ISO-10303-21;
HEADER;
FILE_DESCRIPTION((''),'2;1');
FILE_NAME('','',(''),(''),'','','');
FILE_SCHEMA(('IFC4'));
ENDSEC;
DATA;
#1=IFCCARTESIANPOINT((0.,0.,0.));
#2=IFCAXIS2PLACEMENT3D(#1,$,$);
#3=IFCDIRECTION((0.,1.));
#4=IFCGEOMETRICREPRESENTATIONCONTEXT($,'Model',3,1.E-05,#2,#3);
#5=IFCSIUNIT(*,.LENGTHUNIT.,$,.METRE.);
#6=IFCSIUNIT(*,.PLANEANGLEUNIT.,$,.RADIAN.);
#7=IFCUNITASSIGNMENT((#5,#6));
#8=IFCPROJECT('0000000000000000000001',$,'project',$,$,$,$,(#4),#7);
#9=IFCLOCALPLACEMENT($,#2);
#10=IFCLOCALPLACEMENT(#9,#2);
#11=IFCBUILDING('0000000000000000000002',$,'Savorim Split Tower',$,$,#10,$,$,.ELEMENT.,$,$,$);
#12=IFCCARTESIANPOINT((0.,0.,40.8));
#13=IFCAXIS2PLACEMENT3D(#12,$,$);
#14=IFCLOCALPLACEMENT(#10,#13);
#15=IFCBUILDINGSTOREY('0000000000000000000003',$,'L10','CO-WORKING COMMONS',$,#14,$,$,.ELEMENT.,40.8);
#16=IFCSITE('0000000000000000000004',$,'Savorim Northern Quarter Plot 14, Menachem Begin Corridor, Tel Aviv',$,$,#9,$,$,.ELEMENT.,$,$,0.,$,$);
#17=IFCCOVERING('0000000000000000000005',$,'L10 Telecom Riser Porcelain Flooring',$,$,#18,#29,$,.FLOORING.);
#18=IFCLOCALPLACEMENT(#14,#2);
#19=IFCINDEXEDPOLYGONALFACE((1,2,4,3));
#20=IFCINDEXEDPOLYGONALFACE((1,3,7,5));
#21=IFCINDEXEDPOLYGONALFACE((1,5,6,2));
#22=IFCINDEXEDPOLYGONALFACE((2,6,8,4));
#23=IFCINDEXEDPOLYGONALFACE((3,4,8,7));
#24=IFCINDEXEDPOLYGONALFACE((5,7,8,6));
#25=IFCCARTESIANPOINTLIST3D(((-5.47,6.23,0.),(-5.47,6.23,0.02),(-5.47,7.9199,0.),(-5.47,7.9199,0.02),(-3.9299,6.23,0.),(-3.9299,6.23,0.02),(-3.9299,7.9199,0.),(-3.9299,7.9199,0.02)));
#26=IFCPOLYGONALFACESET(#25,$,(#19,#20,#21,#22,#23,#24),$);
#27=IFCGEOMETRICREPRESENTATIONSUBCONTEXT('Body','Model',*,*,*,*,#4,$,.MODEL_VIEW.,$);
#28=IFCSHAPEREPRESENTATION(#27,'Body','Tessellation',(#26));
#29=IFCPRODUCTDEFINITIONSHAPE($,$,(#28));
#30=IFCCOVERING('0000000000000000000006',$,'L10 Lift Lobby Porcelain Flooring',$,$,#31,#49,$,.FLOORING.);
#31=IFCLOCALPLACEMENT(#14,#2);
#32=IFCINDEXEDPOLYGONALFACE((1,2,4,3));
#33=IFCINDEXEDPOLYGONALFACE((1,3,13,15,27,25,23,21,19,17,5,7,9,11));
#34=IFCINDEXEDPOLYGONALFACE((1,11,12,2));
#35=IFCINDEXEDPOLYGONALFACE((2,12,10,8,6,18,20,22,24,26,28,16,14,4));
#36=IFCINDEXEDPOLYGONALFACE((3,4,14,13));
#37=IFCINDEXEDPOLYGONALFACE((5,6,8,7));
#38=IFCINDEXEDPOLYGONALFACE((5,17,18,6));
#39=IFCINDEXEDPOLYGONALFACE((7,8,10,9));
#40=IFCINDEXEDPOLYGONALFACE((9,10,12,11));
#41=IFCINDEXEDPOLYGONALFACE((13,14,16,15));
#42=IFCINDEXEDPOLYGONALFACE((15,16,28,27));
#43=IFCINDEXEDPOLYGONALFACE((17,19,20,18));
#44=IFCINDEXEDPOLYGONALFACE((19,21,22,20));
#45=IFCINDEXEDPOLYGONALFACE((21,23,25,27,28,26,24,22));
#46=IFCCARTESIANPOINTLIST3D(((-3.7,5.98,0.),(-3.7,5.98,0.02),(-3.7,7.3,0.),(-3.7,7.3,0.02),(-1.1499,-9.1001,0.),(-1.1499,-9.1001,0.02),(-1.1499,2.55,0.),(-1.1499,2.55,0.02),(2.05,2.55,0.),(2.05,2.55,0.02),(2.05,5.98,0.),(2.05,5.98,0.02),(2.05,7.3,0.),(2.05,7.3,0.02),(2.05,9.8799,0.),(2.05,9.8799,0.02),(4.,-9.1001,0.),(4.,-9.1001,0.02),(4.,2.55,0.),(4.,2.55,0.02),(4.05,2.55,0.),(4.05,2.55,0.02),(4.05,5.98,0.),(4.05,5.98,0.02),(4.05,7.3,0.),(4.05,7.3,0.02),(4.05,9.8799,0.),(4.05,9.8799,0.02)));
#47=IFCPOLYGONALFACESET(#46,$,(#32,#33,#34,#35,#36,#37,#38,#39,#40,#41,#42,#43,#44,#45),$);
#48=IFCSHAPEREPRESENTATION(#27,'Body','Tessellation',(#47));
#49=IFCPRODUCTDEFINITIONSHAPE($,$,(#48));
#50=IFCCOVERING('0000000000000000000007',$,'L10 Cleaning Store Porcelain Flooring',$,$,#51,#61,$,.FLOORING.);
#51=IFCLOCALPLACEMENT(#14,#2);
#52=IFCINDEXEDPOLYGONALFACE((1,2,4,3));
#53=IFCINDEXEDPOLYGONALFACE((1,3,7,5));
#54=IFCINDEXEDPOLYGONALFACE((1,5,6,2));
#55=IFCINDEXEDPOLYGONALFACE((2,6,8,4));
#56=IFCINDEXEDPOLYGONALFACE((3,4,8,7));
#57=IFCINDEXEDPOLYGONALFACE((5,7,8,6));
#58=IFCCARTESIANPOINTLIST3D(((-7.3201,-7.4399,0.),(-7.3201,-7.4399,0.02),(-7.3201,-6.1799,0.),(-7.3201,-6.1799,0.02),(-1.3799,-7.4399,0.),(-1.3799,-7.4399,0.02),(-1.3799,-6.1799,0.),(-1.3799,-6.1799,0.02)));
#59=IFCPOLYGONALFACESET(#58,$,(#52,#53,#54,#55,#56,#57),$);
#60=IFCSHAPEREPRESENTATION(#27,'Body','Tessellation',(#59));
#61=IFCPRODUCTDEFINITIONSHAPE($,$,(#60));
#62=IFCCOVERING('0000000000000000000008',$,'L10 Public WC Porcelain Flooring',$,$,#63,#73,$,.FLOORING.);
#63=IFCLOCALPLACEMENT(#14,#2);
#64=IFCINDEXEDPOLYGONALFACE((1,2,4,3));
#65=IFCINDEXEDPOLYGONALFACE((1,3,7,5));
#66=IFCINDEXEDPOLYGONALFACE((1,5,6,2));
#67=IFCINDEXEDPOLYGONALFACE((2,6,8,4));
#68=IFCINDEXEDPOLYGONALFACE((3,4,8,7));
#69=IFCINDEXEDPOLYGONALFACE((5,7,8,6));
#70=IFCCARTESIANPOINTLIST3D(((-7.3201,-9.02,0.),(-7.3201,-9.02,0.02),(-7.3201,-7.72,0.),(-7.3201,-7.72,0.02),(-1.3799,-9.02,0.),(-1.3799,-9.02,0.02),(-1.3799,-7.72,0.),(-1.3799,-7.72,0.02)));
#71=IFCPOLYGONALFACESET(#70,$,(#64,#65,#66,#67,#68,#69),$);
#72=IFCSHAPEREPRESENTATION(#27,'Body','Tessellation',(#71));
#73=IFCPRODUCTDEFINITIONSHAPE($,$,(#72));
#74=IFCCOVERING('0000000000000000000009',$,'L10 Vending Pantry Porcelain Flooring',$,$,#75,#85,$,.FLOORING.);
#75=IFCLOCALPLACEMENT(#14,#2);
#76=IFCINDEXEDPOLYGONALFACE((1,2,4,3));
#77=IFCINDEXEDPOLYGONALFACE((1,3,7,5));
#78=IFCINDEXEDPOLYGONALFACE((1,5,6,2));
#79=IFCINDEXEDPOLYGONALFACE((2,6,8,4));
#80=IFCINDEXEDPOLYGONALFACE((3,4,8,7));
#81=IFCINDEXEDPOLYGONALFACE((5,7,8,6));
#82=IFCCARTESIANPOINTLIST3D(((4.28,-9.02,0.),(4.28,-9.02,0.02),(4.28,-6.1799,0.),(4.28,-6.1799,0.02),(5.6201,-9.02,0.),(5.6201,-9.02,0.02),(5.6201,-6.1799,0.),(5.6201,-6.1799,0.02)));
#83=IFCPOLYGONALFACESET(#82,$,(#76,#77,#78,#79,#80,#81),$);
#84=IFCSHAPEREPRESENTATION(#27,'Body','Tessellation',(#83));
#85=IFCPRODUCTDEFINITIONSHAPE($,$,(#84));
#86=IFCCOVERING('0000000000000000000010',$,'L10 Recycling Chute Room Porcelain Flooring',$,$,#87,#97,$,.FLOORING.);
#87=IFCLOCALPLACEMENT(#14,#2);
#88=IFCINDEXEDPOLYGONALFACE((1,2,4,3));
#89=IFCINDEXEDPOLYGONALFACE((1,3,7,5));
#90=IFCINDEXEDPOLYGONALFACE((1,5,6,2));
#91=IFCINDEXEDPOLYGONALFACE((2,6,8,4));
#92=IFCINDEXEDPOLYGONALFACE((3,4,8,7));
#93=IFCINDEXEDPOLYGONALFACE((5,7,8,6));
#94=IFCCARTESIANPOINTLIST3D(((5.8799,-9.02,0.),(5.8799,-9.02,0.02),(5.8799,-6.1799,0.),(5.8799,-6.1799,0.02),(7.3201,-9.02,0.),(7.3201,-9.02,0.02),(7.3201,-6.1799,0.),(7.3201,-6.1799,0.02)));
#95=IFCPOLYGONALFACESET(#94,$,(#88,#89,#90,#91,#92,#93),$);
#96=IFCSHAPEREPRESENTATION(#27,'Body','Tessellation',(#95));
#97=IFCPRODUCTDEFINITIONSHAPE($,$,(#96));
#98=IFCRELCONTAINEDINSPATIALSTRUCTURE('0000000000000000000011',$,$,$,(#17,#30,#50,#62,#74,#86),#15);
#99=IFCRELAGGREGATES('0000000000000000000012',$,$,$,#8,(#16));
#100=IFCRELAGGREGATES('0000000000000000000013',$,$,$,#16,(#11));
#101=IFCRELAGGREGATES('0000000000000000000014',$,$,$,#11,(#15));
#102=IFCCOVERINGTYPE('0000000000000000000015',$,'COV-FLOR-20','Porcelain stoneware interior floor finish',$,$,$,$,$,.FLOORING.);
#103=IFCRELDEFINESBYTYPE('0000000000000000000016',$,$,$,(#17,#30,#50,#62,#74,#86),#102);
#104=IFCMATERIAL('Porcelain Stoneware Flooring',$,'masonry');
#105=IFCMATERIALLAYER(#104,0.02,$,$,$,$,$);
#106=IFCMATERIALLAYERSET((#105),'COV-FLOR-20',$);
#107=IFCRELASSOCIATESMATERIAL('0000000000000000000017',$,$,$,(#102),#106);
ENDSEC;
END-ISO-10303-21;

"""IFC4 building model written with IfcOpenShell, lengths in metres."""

from ifc_helpers import new_model, si_unit, direction, frame, origin, place, context, subcontext, project, spatial, polyline, outline, extrude, material, layer, layer_set, type_object, element, save


model = new_model("IFC4")

# Units and contexts
model_context = context("Model", 3, precision=1e-05, world=origin(), true_north=direction((0.0, 1.0)))
body_context = subcontext(model_context, "Body", "Model", "MODEL_VIEW")
ifc_project = project(units=[si_unit("LENGTHUNIT", "METRE"), si_unit("PLANEANGLEUNIT", "RADIAN")], contexts=[model_context])

# Site, building, storey
site_placement = place(None, origin())
site = spatial("IfcSite", under=ifc_project, at=site_placement, Name="Savorim Northern Quarter Plot 14, Menachem Begin Corridor, Tel Aviv", CompositionType="ELEMENT", RefElevation=0.0)
building_placement = place(site_placement, origin())
building = spatial("IfcBuilding", under=site, at=building_placement, Name="Savorim Split Tower", CompositionType="ELEMENT")
storey_placement = place(building_placement, frame((0.0, 0.0, 40.8)))
storey = spatial("IfcBuildingStorey", under=building, at=storey_placement, Name="L10", Description="CO-WORKING COMMONS", CompositionType="ELEMENT", Elevation=40.8)

# Coverings
ifc_material_1 = material(Name="Porcelain Stoneware Flooring", Category="masonry")
ifc_layer_1 = layer(ifc_material_1, 0.02)
ifc_layer_set_1 = layer_set([ifc_layer_1], Name="COV-FLOR-20")
covering_type_1 = type_object("IfcCoveringType", Name="COV-FLOR-20", Description="Porcelain stoneware interior floor finish", PredefinedType="FLOORING", material=ifc_layer_set_1)
covering_1_placement = place(storey_placement, origin())
element("IfcCovering", 1, at=covering_1_placement, inside=storey, type_object=covering_type_1, Name="L10 Telecom Riser Porcelain Flooring", PredefinedType="FLOORING", context=body_context, shape_type="SweptSolid", body=[
    extrude(outline(polyline([(-5.47, 7.9199), (-5.47, 6.23), (-3.9299, 6.23), (-3.9299, 7.9199), (-5.47, 7.9199)])), origin(), (0.0, 0.0, 1.0), 0.02),
])
covering_2_placement = place(storey_placement, origin())
element("IfcCovering", 2, at=covering_2_placement, inside=storey, type_object=covering_type_1, Name="L10 Lift Lobby Porcelain Flooring", PredefinedType="FLOORING", context=body_context, shape_type="SweptSolid", body=[
    extrude(outline(polyline([(2.05, 2.55), (-1.1499, 2.55), (-1.1499, -9.1001), (4.0, -9.1001), (4.0, 2.55), (4.05, 2.55), (4.05, 5.98), (4.05, 7.3), (4.05, 9.8799), (2.05, 9.8799), (2.05, 7.3), (-3.7, 7.3), (-3.7, 5.98), (2.05, 5.98), (2.05, 2.55)])), origin(), (0.0, 0.0, 1.0), 0.02),
])
covering_3_placement = place(storey_placement, origin())
element("IfcCovering", 3, at=covering_3_placement, inside=storey, type_object=covering_type_1, Name="L10 Cleaning Store Porcelain Flooring", PredefinedType="FLOORING", context=body_context, shape_type="SweptSolid", body=[
    extrude(outline(polyline([(-7.3201, -6.1799), (-7.3201, -7.4399), (-1.3799, -7.4399), (-1.3799, -6.1799), (-7.3201, -6.1799)])), origin(), (0.0, 0.0, 1.0), 0.02),
])
covering_4_placement = place(storey_placement, origin())
element("IfcCovering", 4, at=covering_4_placement, inside=storey, type_object=covering_type_1, Name="L10 Public WC Porcelain Flooring", PredefinedType="FLOORING", context=body_context, shape_type="SweptSolid", body=[
    extrude(outline(polyline([(-7.3201, -7.72), (-7.3201, -9.02), (-1.3799, -9.02), (-1.3799, -7.72), (-7.3201, -7.72)])), origin(), (0.0, 0.0, 1.0), 0.02),
])
covering_5_placement = place(storey_placement, origin())
element("IfcCovering", 5, at=covering_5_placement, inside=storey, type_object=covering_type_1, Name="L10 Vending Pantry Porcelain Flooring", PredefinedType="FLOORING", context=body_context, shape_type="SweptSolid", body=[
    extrude(outline(polyline([(4.28, -6.1799), (4.28, -9.02), (5.6201, -9.02), (5.6201, -6.1799), (4.28, -6.1799)])), origin(), (0.0, 0.0, 1.0), 0.02),
])
covering_6_placement = place(storey_placement, origin())
element("IfcCovering", 6, at=covering_6_placement, inside=storey, type_object=covering_type_1, Name="L10 Recycling Chute Room Porcelain Flooring", PredefinedType="FLOORING", context=body_context, shape_type="SweptSolid", body=[
    extrude(outline(polyline([(5.8799, -6.1799), (5.8799, -9.02), (7.3201, -9.02), (7.3201, -6.1799), (5.8799, -6.1799)])), origin(), (0.0, 0.0, 1.0), 0.02),
])

save(model, "model.ifc")
